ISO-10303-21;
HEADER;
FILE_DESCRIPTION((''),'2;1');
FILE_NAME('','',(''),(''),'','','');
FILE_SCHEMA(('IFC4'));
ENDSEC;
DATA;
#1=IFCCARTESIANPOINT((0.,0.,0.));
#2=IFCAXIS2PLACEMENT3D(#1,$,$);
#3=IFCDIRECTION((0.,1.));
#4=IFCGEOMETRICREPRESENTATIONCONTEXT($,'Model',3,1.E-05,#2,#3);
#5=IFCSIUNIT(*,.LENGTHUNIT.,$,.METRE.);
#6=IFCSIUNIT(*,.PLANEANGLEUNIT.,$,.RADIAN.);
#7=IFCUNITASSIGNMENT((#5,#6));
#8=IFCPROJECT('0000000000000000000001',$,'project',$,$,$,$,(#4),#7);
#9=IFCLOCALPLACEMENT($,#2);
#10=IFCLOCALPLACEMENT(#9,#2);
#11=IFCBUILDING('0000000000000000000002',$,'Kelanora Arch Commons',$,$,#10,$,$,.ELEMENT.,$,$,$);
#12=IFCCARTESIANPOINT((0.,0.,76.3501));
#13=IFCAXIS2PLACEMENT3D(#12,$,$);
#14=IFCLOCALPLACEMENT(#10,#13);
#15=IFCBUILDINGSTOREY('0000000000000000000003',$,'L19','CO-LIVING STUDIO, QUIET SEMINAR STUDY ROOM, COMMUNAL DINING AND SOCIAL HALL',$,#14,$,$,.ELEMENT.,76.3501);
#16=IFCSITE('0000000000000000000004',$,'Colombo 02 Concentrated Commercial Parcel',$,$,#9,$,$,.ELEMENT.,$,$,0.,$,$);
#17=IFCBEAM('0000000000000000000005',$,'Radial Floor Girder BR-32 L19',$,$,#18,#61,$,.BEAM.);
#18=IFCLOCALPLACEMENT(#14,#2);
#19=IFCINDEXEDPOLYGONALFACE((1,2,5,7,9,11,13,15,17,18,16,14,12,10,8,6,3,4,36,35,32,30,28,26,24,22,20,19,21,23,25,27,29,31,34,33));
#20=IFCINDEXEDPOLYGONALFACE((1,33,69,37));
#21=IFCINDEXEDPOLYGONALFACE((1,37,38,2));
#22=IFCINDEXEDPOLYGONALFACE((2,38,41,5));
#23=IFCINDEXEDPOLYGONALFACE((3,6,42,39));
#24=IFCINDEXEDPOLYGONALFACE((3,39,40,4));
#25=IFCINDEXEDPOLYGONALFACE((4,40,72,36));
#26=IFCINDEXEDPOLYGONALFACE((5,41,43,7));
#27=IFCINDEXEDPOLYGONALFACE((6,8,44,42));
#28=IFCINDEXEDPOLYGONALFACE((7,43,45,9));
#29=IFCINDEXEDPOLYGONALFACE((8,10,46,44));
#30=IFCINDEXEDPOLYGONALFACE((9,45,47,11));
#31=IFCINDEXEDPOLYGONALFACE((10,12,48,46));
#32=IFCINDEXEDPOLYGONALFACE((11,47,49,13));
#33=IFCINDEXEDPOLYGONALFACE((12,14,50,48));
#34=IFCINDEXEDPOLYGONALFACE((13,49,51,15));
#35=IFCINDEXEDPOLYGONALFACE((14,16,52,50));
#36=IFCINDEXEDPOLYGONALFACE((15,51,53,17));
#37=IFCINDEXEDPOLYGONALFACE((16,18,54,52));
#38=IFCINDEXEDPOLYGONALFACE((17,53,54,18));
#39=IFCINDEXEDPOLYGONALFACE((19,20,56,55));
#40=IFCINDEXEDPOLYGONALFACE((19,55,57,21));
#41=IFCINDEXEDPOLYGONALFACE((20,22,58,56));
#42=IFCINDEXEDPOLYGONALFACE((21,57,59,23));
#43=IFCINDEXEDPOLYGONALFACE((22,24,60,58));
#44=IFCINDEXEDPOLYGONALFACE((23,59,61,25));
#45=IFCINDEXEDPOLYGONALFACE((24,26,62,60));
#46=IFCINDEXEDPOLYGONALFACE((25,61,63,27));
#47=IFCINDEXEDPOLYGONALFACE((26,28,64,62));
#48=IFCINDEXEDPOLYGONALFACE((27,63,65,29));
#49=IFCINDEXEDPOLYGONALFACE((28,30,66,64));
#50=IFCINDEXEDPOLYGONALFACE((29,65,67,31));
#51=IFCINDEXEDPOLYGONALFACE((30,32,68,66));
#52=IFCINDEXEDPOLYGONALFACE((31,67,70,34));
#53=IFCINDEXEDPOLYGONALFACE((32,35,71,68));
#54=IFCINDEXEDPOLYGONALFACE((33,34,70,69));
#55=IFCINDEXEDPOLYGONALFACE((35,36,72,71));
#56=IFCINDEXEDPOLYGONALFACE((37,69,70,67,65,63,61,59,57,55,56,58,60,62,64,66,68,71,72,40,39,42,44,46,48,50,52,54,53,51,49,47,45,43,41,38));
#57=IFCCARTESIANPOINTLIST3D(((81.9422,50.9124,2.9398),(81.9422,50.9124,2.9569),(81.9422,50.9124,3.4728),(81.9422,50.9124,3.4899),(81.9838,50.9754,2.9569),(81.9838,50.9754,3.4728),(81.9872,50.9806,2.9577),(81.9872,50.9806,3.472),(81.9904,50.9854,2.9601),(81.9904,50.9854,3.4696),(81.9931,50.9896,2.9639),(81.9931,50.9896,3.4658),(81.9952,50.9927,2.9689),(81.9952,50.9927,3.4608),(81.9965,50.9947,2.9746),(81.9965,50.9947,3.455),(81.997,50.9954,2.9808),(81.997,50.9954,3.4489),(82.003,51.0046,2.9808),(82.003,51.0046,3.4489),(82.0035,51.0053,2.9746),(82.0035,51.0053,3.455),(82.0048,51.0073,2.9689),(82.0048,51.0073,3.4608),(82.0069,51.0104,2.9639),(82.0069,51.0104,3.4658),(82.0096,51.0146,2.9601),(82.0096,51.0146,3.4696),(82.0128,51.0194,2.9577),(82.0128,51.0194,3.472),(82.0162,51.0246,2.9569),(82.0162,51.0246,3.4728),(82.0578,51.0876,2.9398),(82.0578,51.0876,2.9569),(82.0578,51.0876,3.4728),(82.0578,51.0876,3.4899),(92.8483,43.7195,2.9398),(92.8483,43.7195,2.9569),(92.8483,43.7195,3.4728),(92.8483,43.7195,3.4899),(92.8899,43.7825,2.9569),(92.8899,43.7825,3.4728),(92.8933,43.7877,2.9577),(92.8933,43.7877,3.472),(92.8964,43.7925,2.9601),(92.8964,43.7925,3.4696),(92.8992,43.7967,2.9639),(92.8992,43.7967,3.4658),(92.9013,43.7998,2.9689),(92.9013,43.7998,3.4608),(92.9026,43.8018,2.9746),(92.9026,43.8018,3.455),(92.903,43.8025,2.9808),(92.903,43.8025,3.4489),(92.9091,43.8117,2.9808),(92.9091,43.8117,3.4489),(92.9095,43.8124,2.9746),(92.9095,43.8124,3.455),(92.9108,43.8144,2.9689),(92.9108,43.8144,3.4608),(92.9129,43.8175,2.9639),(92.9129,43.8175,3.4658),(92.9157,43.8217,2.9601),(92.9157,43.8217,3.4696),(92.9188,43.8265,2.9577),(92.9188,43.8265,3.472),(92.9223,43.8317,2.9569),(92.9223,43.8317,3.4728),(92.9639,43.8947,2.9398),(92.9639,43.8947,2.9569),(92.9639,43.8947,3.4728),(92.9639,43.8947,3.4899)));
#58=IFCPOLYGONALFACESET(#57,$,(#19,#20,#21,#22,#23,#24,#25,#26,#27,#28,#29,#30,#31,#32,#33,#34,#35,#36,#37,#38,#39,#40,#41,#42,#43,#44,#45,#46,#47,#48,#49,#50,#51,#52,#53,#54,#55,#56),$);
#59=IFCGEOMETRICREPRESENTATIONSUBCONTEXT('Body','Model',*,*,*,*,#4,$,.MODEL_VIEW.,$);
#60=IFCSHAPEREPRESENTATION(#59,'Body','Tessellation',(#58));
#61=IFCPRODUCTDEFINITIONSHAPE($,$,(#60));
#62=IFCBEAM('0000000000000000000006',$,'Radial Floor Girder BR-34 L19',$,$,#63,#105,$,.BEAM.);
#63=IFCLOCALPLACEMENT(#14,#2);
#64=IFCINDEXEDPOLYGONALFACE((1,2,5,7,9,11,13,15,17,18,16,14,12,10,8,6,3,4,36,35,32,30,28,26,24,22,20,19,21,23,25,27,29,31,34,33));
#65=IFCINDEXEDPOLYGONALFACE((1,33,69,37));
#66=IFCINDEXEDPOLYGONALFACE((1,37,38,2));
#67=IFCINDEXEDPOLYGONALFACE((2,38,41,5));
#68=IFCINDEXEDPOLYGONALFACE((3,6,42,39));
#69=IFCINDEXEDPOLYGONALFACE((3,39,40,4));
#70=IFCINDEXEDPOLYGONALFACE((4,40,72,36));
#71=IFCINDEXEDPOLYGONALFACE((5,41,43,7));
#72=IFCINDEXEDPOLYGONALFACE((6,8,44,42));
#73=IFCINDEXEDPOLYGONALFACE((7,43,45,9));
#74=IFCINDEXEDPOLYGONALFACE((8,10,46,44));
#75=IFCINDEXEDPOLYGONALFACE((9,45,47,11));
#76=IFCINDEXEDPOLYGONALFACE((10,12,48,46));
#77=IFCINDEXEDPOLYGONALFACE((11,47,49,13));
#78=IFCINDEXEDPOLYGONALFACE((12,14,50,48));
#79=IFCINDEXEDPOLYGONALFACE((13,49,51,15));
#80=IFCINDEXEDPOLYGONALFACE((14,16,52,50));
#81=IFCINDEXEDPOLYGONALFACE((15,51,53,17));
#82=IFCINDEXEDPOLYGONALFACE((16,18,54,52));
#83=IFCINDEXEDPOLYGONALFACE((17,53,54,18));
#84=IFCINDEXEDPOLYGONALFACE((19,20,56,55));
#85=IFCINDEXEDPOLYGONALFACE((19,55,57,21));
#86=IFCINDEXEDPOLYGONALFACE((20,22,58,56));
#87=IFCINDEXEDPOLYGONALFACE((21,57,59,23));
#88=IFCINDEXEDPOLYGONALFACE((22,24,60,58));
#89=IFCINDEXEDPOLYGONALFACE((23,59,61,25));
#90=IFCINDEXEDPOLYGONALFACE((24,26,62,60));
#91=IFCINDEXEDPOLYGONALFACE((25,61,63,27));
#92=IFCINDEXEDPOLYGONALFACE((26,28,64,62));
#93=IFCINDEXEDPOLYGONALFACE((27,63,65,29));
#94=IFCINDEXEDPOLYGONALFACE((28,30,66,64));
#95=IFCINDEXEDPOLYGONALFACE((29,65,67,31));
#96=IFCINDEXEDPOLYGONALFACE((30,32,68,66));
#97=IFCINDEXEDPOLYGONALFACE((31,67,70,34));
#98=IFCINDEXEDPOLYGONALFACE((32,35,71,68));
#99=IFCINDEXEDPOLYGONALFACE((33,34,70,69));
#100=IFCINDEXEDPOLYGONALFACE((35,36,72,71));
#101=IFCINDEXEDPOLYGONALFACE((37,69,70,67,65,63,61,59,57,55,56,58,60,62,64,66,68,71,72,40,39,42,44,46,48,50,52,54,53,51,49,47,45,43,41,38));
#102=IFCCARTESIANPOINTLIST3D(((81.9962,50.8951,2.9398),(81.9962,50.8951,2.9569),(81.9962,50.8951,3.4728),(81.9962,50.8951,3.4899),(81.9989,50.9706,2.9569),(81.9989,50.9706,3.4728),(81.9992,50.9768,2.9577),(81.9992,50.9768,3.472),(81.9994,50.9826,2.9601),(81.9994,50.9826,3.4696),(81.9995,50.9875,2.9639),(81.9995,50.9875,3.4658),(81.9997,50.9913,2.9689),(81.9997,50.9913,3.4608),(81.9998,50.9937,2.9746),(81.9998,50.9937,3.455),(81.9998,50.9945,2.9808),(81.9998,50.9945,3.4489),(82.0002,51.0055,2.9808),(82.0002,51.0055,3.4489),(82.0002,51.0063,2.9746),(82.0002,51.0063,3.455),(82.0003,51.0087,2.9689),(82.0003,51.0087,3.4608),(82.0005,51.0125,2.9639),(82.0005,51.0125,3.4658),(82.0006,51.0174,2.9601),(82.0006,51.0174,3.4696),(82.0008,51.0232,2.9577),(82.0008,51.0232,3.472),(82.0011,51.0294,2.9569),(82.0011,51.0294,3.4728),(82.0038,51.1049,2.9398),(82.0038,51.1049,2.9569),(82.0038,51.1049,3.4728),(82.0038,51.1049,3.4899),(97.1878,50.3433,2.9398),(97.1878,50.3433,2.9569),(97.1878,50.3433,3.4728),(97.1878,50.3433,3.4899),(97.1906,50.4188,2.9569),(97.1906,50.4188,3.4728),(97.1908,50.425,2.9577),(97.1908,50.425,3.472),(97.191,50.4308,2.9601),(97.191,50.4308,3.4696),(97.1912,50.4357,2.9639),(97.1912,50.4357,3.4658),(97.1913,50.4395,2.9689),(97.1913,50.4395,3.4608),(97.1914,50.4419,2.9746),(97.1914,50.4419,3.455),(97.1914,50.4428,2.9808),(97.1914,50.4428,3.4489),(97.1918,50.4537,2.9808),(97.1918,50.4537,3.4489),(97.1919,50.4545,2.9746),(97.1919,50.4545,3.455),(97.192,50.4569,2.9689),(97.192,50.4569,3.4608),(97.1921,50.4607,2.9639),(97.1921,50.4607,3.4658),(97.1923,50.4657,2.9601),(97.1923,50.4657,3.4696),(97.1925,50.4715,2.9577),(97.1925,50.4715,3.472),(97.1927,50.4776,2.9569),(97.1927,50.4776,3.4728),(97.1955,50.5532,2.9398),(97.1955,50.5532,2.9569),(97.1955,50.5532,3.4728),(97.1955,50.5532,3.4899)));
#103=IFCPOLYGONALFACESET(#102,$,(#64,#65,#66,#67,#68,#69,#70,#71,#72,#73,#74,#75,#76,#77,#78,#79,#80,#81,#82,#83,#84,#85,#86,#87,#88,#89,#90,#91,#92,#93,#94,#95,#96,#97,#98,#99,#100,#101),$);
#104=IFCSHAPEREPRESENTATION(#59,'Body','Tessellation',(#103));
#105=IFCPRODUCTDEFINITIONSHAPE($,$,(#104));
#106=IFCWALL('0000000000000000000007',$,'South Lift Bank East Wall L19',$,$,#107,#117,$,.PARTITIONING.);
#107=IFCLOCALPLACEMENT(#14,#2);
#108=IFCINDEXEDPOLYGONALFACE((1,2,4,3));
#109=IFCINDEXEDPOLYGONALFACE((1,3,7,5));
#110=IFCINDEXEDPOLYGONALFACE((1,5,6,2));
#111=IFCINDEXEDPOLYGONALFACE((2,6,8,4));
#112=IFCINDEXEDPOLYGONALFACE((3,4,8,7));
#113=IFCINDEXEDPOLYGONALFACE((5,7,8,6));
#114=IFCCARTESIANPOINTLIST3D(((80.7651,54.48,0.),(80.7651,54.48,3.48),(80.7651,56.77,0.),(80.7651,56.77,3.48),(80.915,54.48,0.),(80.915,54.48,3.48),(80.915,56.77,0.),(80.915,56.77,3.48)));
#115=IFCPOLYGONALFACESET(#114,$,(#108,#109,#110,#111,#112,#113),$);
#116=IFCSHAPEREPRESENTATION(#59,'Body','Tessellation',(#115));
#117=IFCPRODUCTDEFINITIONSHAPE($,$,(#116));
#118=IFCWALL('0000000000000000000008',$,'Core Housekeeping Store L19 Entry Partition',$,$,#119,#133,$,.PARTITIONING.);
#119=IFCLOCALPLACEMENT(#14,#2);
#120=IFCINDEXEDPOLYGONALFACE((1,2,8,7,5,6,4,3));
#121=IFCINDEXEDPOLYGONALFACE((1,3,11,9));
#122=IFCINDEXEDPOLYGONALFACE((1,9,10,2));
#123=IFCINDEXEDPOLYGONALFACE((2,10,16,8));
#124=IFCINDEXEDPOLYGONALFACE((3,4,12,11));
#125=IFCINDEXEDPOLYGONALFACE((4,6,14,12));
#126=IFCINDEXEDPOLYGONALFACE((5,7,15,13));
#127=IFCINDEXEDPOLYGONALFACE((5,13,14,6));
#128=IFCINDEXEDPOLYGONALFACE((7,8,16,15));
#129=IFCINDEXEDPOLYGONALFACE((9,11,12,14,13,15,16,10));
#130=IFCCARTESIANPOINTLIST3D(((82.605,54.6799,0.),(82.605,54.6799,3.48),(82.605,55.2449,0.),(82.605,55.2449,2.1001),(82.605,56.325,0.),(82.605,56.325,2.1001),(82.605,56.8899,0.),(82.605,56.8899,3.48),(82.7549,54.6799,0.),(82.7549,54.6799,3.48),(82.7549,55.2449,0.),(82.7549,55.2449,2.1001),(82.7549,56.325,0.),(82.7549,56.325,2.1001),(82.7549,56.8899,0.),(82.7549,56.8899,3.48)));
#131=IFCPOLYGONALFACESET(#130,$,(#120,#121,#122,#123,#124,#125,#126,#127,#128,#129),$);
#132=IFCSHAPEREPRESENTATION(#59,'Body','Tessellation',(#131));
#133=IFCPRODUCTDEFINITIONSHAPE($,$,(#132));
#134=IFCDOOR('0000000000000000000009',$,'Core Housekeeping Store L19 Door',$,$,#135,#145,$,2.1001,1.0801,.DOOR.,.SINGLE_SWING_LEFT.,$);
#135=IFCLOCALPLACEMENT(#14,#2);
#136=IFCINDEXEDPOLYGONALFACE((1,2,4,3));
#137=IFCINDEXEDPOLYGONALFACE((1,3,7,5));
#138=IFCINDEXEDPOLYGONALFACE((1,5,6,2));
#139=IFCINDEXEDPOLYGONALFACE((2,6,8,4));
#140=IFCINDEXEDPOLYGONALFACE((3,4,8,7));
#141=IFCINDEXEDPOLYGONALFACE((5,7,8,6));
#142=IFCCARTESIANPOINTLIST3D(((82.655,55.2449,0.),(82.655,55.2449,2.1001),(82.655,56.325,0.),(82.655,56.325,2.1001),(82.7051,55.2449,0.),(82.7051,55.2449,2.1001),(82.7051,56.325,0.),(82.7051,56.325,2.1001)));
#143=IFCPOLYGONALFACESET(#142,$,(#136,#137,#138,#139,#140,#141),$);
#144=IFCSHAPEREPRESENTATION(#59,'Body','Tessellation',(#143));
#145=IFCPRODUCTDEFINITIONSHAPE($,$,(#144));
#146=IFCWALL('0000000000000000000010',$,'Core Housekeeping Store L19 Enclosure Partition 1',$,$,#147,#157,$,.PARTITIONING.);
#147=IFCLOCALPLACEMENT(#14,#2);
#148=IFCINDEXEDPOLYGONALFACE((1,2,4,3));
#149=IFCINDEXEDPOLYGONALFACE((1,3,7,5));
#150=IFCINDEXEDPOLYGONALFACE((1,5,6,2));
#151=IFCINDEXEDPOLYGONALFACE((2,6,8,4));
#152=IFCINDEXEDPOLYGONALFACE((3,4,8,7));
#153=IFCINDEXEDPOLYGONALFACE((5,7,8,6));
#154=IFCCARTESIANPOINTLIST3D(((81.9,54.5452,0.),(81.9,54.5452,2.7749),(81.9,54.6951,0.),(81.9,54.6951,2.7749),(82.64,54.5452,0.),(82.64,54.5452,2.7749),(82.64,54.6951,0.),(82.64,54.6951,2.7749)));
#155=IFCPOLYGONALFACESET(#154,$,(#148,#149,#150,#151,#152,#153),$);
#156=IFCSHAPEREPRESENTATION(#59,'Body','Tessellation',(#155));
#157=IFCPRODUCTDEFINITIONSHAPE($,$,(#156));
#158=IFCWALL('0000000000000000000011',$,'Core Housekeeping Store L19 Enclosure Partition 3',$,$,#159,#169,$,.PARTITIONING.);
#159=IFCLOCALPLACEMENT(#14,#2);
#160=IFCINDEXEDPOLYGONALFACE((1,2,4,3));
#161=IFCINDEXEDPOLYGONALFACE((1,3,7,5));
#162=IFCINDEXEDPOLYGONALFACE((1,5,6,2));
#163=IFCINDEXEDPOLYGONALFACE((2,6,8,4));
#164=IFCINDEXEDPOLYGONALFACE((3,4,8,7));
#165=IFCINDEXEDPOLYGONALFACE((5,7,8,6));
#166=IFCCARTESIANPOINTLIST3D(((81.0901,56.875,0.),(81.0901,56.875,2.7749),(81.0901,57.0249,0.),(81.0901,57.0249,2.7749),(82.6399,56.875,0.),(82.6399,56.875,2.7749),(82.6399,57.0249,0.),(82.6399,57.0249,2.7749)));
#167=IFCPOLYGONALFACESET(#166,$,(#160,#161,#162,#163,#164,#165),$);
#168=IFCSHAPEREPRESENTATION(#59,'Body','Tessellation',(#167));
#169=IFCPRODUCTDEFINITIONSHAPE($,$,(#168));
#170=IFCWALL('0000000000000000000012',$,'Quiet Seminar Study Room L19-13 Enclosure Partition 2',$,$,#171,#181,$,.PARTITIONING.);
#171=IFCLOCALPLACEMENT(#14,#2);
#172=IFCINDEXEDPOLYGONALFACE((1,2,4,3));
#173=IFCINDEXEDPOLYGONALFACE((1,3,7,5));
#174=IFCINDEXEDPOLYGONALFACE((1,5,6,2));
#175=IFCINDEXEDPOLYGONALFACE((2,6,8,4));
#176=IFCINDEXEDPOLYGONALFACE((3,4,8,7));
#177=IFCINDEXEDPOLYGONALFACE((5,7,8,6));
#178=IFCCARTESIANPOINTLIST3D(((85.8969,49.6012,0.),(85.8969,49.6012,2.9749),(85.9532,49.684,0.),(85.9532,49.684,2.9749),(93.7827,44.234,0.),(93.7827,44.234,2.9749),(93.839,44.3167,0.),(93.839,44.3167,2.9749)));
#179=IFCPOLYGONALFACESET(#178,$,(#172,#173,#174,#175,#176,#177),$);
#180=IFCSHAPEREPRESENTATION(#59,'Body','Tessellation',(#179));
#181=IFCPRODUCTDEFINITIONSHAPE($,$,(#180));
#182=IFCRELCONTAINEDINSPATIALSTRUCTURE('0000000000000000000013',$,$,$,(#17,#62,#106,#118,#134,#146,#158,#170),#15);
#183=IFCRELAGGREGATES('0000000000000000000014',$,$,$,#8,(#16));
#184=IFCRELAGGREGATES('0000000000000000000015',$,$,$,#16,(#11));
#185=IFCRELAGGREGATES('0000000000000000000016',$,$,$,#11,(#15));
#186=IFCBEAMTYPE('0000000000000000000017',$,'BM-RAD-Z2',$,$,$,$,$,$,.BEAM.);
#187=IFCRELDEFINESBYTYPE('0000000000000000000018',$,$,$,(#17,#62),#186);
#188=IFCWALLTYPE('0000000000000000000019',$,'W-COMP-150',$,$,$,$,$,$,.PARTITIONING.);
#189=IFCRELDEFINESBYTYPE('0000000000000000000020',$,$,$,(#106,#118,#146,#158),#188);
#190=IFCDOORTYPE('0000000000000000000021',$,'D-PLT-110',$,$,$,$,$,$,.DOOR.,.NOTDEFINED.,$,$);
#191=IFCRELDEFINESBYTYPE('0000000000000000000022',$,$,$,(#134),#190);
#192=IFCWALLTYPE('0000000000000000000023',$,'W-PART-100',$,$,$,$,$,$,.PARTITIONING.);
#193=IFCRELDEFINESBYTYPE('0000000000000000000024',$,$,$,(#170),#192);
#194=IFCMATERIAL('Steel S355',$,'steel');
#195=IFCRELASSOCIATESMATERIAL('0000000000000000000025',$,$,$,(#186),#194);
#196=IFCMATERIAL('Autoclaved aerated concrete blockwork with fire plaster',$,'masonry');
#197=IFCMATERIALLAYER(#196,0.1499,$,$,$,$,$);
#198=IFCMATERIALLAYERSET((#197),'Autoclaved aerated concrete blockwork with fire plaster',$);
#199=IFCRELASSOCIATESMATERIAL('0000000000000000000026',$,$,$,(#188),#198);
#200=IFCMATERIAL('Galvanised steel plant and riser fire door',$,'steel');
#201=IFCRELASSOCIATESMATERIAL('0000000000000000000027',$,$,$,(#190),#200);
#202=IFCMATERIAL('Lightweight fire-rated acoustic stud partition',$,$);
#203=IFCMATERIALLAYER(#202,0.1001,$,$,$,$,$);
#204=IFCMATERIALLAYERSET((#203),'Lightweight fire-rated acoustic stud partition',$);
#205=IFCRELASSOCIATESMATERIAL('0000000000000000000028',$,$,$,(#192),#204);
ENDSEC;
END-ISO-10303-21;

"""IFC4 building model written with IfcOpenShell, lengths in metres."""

from ifc_helpers import new_model, si_unit, direction, frame, frame_2d, origin, origin_2d, place, context, subcontext, project, spatial, rectangle, i_section, extrude, material, layer, layer_set, material_profile, profile_set, type_object, element, fill, save


model = new_model("IFC4")

# Units and contexts
model_context = context("Model", 3, precision=1e-05, world=origin(), true_north=direction((0.0, 1.0)))
body_context = subcontext(model_context, "Body", "Model", "MODEL_VIEW")
ifc_project = project(units=[si_unit("LENGTHUNIT", "METRE"), si_unit("PLANEANGLEUNIT", "RADIAN")], contexts=[model_context])

# Site, building, storey
site_placement = place(None, origin())
site = spatial("IfcSite", under=ifc_project, at=site_placement, Name="Colombo 02 Concentrated Commercial Parcel", CompositionType="ELEMENT", RefElevation=0.0)
building_placement = place(site_placement, origin())
building = spatial("IfcBuilding", under=site, at=building_placement, Name="Kelanora Arch Commons", CompositionType="ELEMENT")
storey_placement = place(building_placement, frame((0.0, 0.0, 76.3501)))
storey = spatial("IfcBuildingStorey", under=building, at=storey_placement, Name="L19", Description="CO-LIVING STUDIO, QUIET SEMINAR STUDY ROOM, COMMUNAL DINING AND SOCIAL HALL", CompositionType="ELEMENT", Elevation=76.3501)

# Beams
ifc_material_1 = material(Name="Steel S355", Category="steel")
ifc_material_profile_1 = material_profile(ifc_material_1, i_section(OverallWidth=0.21, OverallDepth=0.55, WebThickness=0.011, FlangeThickness=0.0171, FilletRadius=0.0239, at=origin_2d()), Name="IPE550")
ifc_profile_set_1 = profile_set([ifc_material_profile_1], Name="Steel S355")
beam_type_1 = type_object("IfcBeamType", Name="BM-RAD-Z2", PredefinedType="BEAM", material=ifc_profile_set_1)
beam_1_placement = place(storey_placement, frame((82.0, 51.0, 3.2148), z_axis=(0.834789, -0.550571, 0.0), x_axis=(0.550571, 0.834789, 0.0)))
element("IfcBeam", 1, at=beam_1_placement, inside=storey, type_object=beam_type_1, Name="Radial Floor Girder BR-32 L19", PredefinedType="BEAM", context=body_context, shape_type="SweptSolid", body=[
    extrude(i_section(OverallWidth=0.21, OverallDepth=0.55, WebThickness=0.011, FlangeThickness=0.0171, FilletRadius=0.0239, at=origin_2d()), origin(), (0.0, 0.0, 1.0), 13.0645),
])
beam_2_placement = place(storey_placement, frame((82.0, 51.0, 3.2148), z_axis=(0.999341, -0.036296, 0.0), x_axis=(0.036296, 0.999341, 0.0)))
element("IfcBeam", 2, at=beam_2_placement, inside=storey, type_object=beam_type_1, Name="Radial Floor Girder BR-34 L19", PredefinedType="BEAM", context=body_context, shape_type="SweptSolid", body=[
    extrude(i_section(OverallWidth=0.21, OverallDepth=0.55, WebThickness=0.011, FlangeThickness=0.0171, FilletRadius=0.0239, at=origin_2d()), origin(), (0.0, 0.0, 1.0), 15.2017),
])

# Wall
ifc_material_2 = material(Name="Autoclaved aerated concrete blockwork with fire plaster", Category="masonry")
ifc_layer_1 = layer(ifc_material_2, 0.1499)
ifc_layer_set_1 = layer_set([ifc_layer_1], Name="Autoclaved aerated concrete blockwork with fire plaster")
wall_type_1 = type_object("IfcWallType", Name="W-COMP-150", PredefinedType="PARTITIONING", material=ifc_layer_set_1)
wall_1_placement = place(storey_placement, frame((80.8401, 54.48, 0.0), z_axis=(0.0, 0.0, 1.0), x_axis=(0.0, 1.0, 0.0)))
element("IfcWall", 3, at=wall_1_placement, inside=storey, type_object=wall_type_1, Name="South Lift Bank East Wall L19", PredefinedType="PARTITIONING", context=body_context, shape_type="SweptSolid", body=[
    extrude(rectangle(XDim=2.29, YDim=0.1499, at=frame_2d((1.145, 0.0))), origin(), (0.0, 0.0, 1.0), 3.48),
])

# Wall, opening, door
wall_2_placement = place(storey_placement, frame((82.6799, 54.6799, 0.0), z_axis=(0.0, 0.0, 1.0), x_axis=(0.0, 1.0, 0.0)))
wall_2 = element("IfcWall", 4, at=wall_2_placement, inside=storey, type_object=wall_type_1, Name="Core Housekeeping Store L19 Entry Partition", PredefinedType="PARTITIONING", context=body_context, shape_type="SweptSolid", body=[
    extrude(rectangle(XDim=2.21, YDim=0.1499, at=frame_2d((1.105, 0.0))), origin(), (0.0, 0.0, 1.0), 3.48),
])
opening_1_placement = place(wall_2_placement, frame((0.5649, 0.0, 0.0)))
opening_1 = element("IfcOpeningElement", 5, at=opening_1_placement, cuts=wall_2, PredefinedType="OPENING", context=body_context, shape_type="SweptSolid", body=[
    extrude(rectangle(XDim=1.0801, YDim=2.1001, at=frame_2d((0.54, 1.05))), frame((0.0, 0.085, 0.0), z_axis=(0.0, -1.0, 0.0), x_axis=(1.0, 0.0, 0.0)), (0.0, 0.0, 1.0), 0.1699),
])
ifc_material_3 = material(Name="Galvanised steel plant and riser fire door", Category="steel")
door_type_1 = type_object("IfcDoorType", Name="D-PLT-110", OperationType="NOTDEFINED", PredefinedType="DOOR", material=ifc_material_3)
door_1_placement = place(opening_1_placement, origin())
door_1 = element("IfcDoor", 6, at=door_1_placement, inside=storey, type_object=door_type_1, Name="Core Housekeeping Store L19 Door", OperationType="SINGLE_SWING_LEFT", OverallHeight=2.1001, OverallWidth=1.0801, PredefinedType="DOOR", context=body_context, shape_type="SweptSolid", body=[
    extrude(rectangle(XDim=1.0801, YDim=2.1001, at=frame_2d((0.54, 1.05))), frame((0.0, 0.0249, 0.0), z_axis=(0.0, -1.0, 0.0), x_axis=(1.0, 0.0, 0.0)), (0.0, 0.0, 1.0), 0.05),
])
fill(opening_1, door_1)

# Walls
wall_3_placement = place(storey_placement, frame((81.8999, 54.6201, 0.0), z_axis=(0.0, 0.0, 1.0), x_axis=(1.0, 0.0, 0.0)))
element("IfcWall", 7, at=wall_3_placement, inside=storey, type_object=wall_type_1, Name="Core Housekeeping Store L19 Enclosure Partition 1", PredefinedType="PARTITIONING", context=body_context, shape_type="SweptSolid", body=[
    extrude(rectangle(XDim=0.74, YDim=0.1499, at=frame_2d((0.3701, 0.0))), origin(), (0.0, 0.0, 1.0), 2.7749),
])
wall_4_placement = place(storey_placement, frame((82.6399, 56.95, 0.0), z_axis=(0.0, 0.0, 1.0), x_axis=(-1.0, 0.0, 0.0)))
element("IfcWall", 8, at=wall_4_placement, inside=storey, type_object=wall_type_1, Name="Core Housekeeping Store L19 Enclosure Partition 3", PredefinedType="PARTITIONING", context=body_context, shape_type="SweptSolid", body=[
    extrude(rectangle(XDim=1.5498, YDim=0.1499, at=frame_2d((0.7749, 0.0))), origin(), (0.0, 0.0, 1.0), 2.7749),
])
ifc_material_4 = material(Name="Lightweight fire-rated acoustic stud partition")
ifc_layer_2 = layer(ifc_material_4, 0.1001)
ifc_layer_set_2 = layer_set([ifc_layer_2], Name="Lightweight fire-rated acoustic stud partition")
wall_type_2 = type_object("IfcWallType", Name="W-PART-100", PredefinedType="PARTITIONING", material=ifc_layer_set_2)
wall_5_placement = place(storey_placement, frame((85.925, 49.6426, 0.0), z_axis=(0.0, 0.0, 1.0), x_axis=(0.826688, -0.56266, 0.0)))
element("IfcWall", 9, at=wall_5_placement, inside=storey, type_object=wall_type_2, Name="Quiet Seminar Study Room L19-13 Enclosure Partition 2", PredefinedType="PARTITIONING", context=body_context, shape_type="SweptSolid", body=[
    extrude(rectangle(XDim=9.5391, YDim=0.1001, at=frame_2d((4.7695, 0.0))), origin(), (0.0, 0.0, 1.0), 2.9749),
])

save(model, "model.ifc")
